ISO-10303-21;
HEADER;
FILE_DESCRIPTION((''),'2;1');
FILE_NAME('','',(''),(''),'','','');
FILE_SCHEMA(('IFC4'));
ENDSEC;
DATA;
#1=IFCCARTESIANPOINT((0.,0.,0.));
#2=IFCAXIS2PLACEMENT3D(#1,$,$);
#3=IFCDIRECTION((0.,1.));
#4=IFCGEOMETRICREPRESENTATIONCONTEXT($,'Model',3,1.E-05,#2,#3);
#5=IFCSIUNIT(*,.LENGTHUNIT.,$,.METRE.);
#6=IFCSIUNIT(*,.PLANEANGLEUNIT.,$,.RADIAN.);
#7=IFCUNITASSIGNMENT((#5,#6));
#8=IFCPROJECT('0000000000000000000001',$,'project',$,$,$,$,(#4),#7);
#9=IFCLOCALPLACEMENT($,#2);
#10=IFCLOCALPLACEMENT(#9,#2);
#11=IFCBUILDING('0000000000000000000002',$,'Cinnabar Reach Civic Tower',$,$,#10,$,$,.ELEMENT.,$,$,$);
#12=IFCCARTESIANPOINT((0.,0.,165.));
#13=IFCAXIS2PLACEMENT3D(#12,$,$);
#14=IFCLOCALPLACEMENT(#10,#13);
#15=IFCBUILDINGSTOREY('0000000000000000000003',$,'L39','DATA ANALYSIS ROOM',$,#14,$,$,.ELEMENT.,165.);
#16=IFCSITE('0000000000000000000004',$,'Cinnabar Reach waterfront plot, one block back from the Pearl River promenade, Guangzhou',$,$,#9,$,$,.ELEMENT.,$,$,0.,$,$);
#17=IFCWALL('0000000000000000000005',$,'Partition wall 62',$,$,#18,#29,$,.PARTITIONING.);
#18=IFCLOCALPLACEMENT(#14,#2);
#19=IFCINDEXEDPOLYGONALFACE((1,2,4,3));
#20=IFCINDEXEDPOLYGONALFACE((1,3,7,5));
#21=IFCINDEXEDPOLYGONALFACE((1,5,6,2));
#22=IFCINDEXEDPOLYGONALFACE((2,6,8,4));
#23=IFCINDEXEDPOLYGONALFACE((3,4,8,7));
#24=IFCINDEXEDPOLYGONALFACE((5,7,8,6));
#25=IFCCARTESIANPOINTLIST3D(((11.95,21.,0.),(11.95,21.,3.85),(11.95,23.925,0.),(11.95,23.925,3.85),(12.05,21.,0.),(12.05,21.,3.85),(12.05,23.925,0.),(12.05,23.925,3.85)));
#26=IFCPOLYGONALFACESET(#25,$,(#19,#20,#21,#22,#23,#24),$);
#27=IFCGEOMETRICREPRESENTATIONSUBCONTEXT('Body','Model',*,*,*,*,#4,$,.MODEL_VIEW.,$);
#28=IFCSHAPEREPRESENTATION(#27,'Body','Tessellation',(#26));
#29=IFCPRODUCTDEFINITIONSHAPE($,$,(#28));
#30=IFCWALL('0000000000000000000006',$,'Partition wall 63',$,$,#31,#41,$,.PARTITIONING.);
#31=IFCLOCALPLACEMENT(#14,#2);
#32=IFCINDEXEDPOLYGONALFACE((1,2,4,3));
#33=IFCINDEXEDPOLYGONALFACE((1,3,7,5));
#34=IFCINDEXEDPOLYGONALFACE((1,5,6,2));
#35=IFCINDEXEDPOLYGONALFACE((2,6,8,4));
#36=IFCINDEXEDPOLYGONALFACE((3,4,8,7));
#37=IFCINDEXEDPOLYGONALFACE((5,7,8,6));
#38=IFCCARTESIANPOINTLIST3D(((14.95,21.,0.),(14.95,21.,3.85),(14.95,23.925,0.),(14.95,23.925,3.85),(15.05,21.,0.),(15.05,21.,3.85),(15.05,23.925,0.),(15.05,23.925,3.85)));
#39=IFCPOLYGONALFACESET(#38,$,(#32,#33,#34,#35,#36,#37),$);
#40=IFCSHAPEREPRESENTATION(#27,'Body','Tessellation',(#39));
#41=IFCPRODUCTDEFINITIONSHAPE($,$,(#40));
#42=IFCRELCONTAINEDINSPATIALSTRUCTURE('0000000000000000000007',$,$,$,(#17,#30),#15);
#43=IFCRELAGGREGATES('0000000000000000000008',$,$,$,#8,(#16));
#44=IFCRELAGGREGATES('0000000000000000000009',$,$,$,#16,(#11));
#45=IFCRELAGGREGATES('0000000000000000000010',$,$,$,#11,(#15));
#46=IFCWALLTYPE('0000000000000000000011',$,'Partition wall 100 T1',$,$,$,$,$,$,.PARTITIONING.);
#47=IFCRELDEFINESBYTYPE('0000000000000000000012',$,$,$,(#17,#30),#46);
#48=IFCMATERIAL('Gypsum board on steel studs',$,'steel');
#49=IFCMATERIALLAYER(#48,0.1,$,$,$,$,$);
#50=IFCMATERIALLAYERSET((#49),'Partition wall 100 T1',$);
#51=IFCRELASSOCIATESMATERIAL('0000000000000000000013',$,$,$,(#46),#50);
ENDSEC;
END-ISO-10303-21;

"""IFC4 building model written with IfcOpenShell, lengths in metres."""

from ifc_helpers import new_model, si_unit, direction, frame, frame_2d, origin, place, context, subcontext, project, spatial, rectangle, extrude, material, layer, layer_set, type_object, element, save


model = new_model("IFC4")

# Units and contexts
model_context = context("Model", 3, precision=1e-05, world=origin(), true_north=direction((0.0, 1.0)))
body_context = subcontext(model_context, "Body", "Model", "MODEL_VIEW")
ifc_project = project(units=[si_unit("LENGTHUNIT", "METRE"), si_unit("PLANEANGLEUNIT", "RADIAN")], contexts=[model_context])

# Site, building, storey
site_placement = place(None, origin())
site = spatial("IfcSite", under=ifc_project, at=site_placement, Name="Cinnabar Reach waterfront plot, one block back from the Pearl River promenade, Guangzhou", CompositionType="ELEMENT", RefElevation=0.0)
building_placement = place(site_placement, origin())
building = spatial("IfcBuilding", under=site, at=building_placement, Name="Cinnabar Reach Civic Tower", CompositionType="ELEMENT")
storey_placement = place(building_placement, frame((0.0, 0.0, 165.0)))
storey = spatial("IfcBuildingStorey", under=building, at=storey_placement, Name="L39", Description="DATA ANALYSIS ROOM", CompositionType="ELEMENT", Elevation=165.0)

# Walls
ifc_material_1 = material(Name="Gypsum board on steel studs", Category="steel")
ifc_layer_1 = layer(ifc_material_1, 0.1)
ifc_layer_set_1 = layer_set([ifc_layer_1], Name="Partition wall 100 T1")
wall_type_1 = type_object("IfcWallType", Name="Partition wall 100 T1", PredefinedType="PARTITIONING", material=ifc_layer_set_1)
for number, where, z_axis, x_axis, name in (
    (1, (12.0, 21.0, 0.0), (0.0, 0.0, 1.0), (0.0, 1.0, 0.0), "Partition wall 62"),
    (2, (15.0, 21.0, 0.0), (0.0, 0.0, 1.0), (0.0, 1.0, 0.0), "Partition wall 63"),
):
    element("IfcWall", number, at=place(storey_placement, frame(where, z_axis=z_axis, x_axis=x_axis)), inside=storey, type_object=wall_type_1, Name=name, PredefinedType="PARTITIONING", context=body_context, shape_type="SweptSolid", body=[
        extrude(rectangle(XDim=2.925, YDim=0.1, at=frame_2d((1.4625, 0.0))), origin(), (0.0, 0.0, 1.0), 3.85),
    ])

save(model, "model.ifc")
